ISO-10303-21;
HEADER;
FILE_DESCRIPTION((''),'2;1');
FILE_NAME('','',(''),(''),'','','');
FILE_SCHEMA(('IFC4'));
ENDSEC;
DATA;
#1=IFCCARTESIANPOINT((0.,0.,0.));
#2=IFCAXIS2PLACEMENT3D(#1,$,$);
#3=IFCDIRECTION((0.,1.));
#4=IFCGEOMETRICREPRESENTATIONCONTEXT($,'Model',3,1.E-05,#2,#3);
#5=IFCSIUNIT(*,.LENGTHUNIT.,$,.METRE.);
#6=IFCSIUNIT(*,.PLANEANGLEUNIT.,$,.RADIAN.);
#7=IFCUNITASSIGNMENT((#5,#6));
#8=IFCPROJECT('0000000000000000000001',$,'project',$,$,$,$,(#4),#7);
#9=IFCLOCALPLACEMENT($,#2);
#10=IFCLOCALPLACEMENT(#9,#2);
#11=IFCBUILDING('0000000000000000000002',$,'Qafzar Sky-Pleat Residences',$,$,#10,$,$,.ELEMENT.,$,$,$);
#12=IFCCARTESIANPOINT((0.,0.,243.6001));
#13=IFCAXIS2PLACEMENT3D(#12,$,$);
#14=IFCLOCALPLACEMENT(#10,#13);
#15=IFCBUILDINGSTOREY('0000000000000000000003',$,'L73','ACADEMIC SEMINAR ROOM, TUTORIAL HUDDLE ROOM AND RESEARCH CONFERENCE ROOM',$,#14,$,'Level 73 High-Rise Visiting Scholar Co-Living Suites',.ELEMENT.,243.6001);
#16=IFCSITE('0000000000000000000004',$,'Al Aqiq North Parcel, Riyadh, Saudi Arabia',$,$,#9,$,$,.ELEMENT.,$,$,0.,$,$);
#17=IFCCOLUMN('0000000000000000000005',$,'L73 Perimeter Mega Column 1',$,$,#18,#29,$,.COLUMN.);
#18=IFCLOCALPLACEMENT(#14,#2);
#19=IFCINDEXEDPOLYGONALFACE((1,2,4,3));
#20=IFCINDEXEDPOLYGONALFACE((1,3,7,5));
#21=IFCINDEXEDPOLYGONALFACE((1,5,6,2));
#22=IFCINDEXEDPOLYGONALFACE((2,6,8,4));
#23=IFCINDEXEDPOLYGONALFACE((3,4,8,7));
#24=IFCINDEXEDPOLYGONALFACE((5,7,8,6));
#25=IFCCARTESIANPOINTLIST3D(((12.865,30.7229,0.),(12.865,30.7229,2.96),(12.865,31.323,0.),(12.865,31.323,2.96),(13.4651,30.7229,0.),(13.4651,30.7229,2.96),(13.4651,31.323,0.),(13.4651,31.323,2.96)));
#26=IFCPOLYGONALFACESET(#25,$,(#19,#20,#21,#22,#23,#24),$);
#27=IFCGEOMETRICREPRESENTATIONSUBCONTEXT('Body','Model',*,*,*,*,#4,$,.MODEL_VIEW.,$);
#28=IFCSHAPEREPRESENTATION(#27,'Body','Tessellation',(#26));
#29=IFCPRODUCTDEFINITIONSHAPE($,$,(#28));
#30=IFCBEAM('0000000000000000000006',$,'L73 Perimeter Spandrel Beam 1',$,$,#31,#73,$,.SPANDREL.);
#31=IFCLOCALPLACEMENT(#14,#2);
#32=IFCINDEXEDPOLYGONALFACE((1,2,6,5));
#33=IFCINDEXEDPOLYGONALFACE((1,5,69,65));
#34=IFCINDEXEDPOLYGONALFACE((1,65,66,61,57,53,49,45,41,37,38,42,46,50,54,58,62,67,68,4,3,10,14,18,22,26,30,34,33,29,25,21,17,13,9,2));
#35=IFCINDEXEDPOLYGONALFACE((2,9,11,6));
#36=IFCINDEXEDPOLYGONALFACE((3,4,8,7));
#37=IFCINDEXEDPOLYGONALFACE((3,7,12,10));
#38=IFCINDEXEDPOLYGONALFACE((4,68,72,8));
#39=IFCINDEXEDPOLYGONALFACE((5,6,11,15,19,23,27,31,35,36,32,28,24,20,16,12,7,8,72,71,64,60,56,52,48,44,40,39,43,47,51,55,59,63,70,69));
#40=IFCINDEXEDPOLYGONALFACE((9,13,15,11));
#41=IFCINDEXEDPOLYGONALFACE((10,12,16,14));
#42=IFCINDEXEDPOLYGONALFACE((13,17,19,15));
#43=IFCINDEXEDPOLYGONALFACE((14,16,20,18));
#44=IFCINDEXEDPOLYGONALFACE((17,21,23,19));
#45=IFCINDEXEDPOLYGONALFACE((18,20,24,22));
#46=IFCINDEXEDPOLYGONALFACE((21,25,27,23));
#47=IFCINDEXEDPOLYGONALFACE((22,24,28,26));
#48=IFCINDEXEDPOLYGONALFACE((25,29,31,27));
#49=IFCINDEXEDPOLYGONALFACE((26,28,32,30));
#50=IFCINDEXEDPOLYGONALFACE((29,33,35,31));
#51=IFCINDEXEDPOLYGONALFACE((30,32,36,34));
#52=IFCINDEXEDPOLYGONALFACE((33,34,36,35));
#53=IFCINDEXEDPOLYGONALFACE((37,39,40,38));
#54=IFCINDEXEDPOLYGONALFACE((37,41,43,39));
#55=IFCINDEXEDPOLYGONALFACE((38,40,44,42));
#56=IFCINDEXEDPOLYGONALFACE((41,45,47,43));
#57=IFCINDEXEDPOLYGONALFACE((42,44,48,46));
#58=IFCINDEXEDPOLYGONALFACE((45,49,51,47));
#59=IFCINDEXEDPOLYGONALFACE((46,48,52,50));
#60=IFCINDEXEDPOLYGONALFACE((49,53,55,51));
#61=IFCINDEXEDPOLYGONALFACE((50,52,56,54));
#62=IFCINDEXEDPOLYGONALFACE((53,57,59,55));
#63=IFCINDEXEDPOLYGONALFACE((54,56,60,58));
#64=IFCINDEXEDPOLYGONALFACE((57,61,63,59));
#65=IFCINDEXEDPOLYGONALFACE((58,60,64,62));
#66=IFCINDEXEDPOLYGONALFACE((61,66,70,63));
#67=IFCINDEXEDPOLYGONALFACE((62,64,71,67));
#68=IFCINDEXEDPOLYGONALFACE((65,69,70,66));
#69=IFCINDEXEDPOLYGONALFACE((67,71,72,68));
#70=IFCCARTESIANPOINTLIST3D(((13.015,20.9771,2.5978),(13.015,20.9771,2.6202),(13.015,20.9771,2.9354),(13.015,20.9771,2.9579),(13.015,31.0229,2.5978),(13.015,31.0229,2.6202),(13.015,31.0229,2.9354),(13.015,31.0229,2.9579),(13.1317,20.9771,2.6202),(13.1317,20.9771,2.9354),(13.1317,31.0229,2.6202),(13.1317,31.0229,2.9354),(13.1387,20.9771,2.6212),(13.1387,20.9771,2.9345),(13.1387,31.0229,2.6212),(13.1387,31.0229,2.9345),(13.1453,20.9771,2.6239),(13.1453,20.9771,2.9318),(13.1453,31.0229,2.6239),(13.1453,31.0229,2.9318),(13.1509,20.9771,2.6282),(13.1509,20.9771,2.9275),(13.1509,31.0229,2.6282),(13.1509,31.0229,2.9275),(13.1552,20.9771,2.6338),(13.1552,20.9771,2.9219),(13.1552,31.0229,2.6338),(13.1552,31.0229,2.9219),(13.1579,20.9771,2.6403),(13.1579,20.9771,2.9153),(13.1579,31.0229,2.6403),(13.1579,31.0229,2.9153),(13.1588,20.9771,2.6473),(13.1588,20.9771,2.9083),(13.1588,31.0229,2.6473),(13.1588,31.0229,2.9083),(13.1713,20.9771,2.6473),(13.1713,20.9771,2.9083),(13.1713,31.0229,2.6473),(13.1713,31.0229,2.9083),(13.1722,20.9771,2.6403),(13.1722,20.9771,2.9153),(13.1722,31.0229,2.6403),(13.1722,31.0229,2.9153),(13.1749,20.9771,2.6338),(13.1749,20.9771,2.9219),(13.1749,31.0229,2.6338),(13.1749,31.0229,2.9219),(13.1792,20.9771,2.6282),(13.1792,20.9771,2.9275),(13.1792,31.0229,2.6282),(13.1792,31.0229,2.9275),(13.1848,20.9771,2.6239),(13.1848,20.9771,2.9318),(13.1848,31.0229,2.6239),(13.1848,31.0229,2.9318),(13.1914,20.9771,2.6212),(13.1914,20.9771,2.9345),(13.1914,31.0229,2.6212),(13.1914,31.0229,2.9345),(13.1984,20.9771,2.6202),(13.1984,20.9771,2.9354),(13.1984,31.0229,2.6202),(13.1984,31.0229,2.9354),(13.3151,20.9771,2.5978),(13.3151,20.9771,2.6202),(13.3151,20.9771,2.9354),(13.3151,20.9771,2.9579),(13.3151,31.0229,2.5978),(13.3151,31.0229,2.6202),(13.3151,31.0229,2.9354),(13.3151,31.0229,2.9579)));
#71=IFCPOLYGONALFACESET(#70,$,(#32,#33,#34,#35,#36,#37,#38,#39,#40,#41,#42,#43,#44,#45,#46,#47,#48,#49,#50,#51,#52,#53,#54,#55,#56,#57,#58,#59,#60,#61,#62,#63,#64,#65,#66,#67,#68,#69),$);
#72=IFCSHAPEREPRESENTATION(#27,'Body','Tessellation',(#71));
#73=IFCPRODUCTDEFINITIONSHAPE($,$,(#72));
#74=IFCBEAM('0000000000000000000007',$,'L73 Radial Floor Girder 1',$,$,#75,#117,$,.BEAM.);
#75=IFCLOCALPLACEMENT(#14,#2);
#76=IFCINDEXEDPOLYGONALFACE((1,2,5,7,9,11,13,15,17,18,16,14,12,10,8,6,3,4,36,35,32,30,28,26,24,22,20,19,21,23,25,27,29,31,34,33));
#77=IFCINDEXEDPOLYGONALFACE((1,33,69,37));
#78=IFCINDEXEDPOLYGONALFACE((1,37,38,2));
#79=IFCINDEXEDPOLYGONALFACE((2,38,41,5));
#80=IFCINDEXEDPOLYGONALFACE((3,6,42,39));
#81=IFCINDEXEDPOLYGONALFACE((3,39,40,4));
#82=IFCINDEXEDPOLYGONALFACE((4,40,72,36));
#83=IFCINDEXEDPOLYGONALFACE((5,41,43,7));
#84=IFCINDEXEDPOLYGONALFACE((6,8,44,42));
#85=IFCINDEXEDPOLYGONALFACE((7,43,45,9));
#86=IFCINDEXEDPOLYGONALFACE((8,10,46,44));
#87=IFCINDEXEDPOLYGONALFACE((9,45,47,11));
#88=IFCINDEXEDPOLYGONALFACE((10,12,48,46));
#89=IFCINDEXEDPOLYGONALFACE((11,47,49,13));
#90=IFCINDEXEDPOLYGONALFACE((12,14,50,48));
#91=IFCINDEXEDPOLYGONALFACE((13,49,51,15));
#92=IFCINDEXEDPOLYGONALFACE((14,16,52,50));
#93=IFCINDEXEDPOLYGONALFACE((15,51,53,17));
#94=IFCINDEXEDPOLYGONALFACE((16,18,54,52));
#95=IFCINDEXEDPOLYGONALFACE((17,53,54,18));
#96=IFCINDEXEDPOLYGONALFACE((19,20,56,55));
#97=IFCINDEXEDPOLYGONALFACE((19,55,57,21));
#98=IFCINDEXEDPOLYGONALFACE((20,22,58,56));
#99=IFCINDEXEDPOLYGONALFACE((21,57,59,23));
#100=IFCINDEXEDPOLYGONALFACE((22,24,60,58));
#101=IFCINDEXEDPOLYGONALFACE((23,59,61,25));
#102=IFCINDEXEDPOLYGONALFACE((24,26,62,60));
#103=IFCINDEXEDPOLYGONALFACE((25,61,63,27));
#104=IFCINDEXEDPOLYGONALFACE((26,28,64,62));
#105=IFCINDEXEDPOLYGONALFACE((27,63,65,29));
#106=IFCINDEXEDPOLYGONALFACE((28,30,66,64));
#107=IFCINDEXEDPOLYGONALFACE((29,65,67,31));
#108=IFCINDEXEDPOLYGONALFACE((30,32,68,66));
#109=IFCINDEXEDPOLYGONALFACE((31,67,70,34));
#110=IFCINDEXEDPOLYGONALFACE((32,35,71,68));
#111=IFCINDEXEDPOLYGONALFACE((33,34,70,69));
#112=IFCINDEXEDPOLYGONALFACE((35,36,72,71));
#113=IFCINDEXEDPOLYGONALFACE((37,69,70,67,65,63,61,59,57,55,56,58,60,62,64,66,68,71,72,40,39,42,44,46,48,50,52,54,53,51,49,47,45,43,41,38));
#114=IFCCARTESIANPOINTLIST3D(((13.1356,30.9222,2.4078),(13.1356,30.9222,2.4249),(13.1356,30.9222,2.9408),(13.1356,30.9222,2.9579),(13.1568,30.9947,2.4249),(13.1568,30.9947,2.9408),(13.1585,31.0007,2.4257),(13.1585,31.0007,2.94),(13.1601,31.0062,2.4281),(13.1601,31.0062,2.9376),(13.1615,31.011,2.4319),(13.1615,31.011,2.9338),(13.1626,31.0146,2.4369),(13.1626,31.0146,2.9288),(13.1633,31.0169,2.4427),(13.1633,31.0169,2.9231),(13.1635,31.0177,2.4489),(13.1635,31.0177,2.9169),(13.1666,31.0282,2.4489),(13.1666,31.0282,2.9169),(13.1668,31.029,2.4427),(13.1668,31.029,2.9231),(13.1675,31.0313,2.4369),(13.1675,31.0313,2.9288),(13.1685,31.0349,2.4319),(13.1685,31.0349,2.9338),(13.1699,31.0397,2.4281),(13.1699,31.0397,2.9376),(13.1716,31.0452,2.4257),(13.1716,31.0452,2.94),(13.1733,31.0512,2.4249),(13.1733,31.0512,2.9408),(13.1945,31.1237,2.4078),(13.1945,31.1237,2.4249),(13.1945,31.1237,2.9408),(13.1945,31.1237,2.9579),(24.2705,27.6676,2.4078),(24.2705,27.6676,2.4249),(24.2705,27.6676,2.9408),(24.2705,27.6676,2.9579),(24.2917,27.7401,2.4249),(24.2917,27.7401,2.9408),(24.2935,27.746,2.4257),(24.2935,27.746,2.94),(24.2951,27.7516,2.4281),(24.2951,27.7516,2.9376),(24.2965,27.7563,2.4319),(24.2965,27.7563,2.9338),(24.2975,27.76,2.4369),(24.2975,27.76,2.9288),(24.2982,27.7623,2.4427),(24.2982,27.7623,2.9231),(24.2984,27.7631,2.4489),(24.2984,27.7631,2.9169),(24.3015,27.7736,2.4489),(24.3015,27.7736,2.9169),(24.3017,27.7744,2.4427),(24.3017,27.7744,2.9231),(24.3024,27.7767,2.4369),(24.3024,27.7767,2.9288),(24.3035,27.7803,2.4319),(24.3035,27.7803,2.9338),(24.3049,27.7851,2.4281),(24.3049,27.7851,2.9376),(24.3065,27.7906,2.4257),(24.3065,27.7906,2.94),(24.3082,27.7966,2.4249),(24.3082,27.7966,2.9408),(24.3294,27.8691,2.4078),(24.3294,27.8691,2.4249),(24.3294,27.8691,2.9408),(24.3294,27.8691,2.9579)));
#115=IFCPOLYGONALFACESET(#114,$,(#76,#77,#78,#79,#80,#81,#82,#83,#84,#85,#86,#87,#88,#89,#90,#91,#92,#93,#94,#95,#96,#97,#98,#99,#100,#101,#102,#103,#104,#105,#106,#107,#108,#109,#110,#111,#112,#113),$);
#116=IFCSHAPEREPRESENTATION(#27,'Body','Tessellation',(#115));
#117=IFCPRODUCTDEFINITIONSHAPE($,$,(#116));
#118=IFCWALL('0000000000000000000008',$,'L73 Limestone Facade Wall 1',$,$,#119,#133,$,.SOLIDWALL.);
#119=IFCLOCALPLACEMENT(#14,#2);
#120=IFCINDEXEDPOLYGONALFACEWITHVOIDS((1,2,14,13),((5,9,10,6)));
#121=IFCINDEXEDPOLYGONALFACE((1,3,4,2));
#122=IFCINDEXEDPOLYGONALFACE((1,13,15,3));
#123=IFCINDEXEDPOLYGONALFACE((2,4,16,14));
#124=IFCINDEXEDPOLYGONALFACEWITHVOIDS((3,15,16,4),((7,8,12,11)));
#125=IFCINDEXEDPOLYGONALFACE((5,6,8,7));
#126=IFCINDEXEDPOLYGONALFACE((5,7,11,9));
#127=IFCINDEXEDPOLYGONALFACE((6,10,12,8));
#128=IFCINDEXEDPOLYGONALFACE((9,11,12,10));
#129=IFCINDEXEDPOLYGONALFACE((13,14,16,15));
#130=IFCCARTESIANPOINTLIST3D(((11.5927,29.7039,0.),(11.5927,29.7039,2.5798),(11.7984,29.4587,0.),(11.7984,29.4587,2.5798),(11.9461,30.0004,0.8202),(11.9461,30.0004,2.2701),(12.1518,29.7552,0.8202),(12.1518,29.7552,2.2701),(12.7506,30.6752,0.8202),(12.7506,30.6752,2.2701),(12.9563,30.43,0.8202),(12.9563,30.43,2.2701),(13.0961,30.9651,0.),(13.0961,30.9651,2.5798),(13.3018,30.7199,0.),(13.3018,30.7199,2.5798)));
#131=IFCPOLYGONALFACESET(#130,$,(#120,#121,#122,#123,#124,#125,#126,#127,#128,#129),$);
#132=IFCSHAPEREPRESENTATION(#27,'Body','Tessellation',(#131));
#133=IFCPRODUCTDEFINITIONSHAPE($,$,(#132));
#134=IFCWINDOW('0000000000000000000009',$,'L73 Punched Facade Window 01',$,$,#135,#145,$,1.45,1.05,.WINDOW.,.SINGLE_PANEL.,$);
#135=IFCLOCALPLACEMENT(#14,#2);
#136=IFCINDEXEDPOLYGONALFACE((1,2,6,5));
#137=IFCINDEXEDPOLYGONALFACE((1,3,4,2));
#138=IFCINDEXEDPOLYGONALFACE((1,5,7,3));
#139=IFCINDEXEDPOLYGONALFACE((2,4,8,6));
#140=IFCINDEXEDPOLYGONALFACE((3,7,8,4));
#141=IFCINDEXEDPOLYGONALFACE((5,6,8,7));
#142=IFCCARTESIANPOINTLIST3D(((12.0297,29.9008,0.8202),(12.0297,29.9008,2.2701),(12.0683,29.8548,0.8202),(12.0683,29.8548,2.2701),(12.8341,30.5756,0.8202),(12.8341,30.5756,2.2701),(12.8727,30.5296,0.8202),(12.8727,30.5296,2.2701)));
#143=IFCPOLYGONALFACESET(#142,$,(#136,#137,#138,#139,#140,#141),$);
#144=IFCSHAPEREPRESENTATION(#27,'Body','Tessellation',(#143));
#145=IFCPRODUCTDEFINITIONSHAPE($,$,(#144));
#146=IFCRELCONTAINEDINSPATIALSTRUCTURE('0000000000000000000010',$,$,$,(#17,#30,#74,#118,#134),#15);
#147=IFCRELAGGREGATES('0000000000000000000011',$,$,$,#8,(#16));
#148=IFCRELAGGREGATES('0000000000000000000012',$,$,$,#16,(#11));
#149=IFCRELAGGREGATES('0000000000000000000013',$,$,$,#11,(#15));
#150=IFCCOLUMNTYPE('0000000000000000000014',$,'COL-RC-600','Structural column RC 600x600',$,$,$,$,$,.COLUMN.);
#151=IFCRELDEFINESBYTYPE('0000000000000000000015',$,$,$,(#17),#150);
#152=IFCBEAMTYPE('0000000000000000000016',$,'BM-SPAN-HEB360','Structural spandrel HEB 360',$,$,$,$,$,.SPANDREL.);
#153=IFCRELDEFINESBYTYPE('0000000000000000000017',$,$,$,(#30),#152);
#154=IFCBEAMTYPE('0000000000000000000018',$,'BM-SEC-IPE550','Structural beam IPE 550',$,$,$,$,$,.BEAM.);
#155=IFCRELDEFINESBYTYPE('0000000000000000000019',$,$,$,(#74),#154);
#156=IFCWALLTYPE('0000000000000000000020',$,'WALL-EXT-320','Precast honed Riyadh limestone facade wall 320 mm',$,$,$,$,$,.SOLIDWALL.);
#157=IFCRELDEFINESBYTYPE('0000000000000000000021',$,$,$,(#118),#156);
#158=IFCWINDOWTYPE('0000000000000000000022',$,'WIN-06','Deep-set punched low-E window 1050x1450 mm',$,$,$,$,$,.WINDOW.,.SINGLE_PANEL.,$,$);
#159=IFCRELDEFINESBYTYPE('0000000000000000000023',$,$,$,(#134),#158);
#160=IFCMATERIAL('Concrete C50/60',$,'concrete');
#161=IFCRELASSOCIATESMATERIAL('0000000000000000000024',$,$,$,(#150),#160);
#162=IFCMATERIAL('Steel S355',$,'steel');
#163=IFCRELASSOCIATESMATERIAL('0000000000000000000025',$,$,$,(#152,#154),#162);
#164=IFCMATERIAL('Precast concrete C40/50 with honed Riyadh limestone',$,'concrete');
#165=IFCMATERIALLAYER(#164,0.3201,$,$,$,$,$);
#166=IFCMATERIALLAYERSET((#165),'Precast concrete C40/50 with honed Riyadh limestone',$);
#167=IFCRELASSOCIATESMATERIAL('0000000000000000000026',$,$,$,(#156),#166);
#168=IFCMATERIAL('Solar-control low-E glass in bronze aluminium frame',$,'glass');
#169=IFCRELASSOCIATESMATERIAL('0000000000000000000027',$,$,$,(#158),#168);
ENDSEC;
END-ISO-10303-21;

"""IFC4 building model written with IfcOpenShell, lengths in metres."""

from ifc_helpers import new_model, si_unit, direction, frame, frame_2d, origin, origin_2d, place, context, subcontext, project, spatial, rectangle, i_section, extrude, source, transform, mapped, material, layer, layer_set, material_profile, profile_set, type_object, element, fill, save


model = new_model("IFC4")

# Units and contexts
model_context = context("Model", 3, precision=1e-05, world=origin(), true_north=direction((0.0, 1.0)))
body_context = subcontext(model_context, "Body", "Model", "MODEL_VIEW")
ifc_project = project(units=[si_unit("LENGTHUNIT", "METRE"), si_unit("PLANEANGLEUNIT", "RADIAN")], contexts=[model_context])

# Site, building, storey
site_placement = place(None, origin())
site = spatial("IfcSite", under=ifc_project, at=site_placement, Name="Al Aqiq North Parcel, Riyadh, Saudi Arabia", CompositionType="ELEMENT", RefElevation=0.0)
building_placement = place(site_placement, origin())
building = spatial("IfcBuilding", under=site, at=building_placement, Name="Qafzar Sky-Pleat Residences", CompositionType="ELEMENT")
storey_placement = place(building_placement, frame((0.0, 0.0, 243.6001)))
storey = spatial("IfcBuildingStorey", under=building, at=storey_placement, Name="L73", Description="ACADEMIC SEMINAR ROOM, TUTORIAL HUDDLE ROOM AND RESEARCH CONFERENCE ROOM", LongName="Level 73 High-Rise Visiting Scholar Co-Living Suites", CompositionType="ELEMENT", Elevation=243.6001)

# Column
ifc_material_1 = material(Name="Concrete C50/60", Category="concrete")
ifc_material_profile_1 = material_profile(ifc_material_1, rectangle(XDim=0.6001, YDim=0.6001, at=origin_2d()), Name="RC 600x600")
ifc_profile_set_1 = profile_set([ifc_material_profile_1], Name="Concrete C50/60")
column_type = type_object("IfcColumnType", Name="COL-RC-600", Description="Structural column RC 600x600", PredefinedType="COLUMN", material=ifc_profile_set_1)
shared_shape_1 = source(origin(), body_context, "Body", "SweptSolid", [
    extrude(rectangle(XDim=0.6001, YDim=0.6001, at=origin_2d()), origin(), (0.0, 0.0, 1.0), 2.96),
])
column_placement = place(storey_placement, frame((13.165, 31.0229, 0.0), z_axis=(0.0, 0.0, 1.0), x_axis=(1.0, 0.0, 0.0)))
element("IfcColumn", 1, at=column_placement, inside=storey, type_object=column_type, Name="L73 Perimeter Mega Column 1", PredefinedType="COLUMN", context=body_context, shape_type="MappedRepresentation", body=[
    mapped(shared_shape_1, transform((0.0, 0.0, 0.0), x_axis=(1.0, 0.0, 0.0), y_axis=(0.0, 1.0, 0.0), z_axis=(0.0, 0.0, 1.0), scale=1.0)),
])

# Beams
ifc_material_2 = material(Name="Steel S355", Category="steel")
ifc_material_profile_2 = material_profile(ifc_material_2, i_section(OverallWidth=0.3, OverallDepth=0.3601, WebThickness=0.0125, FlangeThickness=0.0225, FilletRadius=0.0271, at=origin_2d()), Name="HEB 360")
ifc_profile_set_2 = profile_set([ifc_material_profile_2], Name="Steel S355")
beam_type_1 = type_object("IfcBeamType", Name="BM-SPAN-HEB360", Description="Structural spandrel HEB 360", PredefinedType="SPANDREL", material=ifc_profile_set_2)
shared_shape_2 = source(origin(), body_context, "Body", "SweptSolid", [
    extrude(i_section(OverallWidth=0.3, OverallDepth=0.3601, WebThickness=0.0125, FlangeThickness=0.0225, FilletRadius=0.0271, at=origin_2d()), origin(), (0.0, 0.0, 1.0), 10.0459),
])
beam_1_placement = place(storey_placement, frame((13.165, 31.0229, 2.7778), z_axis=(0.0, -1.0, 0.0), x_axis=(1.0, 0.0, 0.0)))
element("IfcBeam", 2, at=beam_1_placement, inside=storey, type_object=beam_type_1, Name="L73 Perimeter Spandrel Beam 1", PredefinedType="SPANDREL", context=body_context, shape_type="MappedRepresentation", body=[
    mapped(shared_shape_2, transform((0.0, 0.0, 0.0), x_axis=(1.0, 0.0, 0.0), y_axis=(0.0, 1.0, 0.0), z_axis=(0.0, 0.0, 1.0), scale=1.0)),
])
ifc_material_profile_3 = material_profile(ifc_material_2, i_section(OverallWidth=0.21, OverallDepth=0.55, WebThickness=0.011, FlangeThickness=0.0171, FilletRadius=0.0239, at=origin_2d()), Name="IPE 550")
ifc_profile_set_3 = profile_set([ifc_material_profile_3], Name="Steel S355")
beam_type_2 = type_object("IfcBeamType", Name="BM-SEC-IPE550", Description="Structural beam IPE 550", PredefinedType="BEAM", material=ifc_profile_set_3)
shared_shape_3 = source(origin(), body_context, "Body", "SweptSolid", [
    extrude(i_section(OverallWidth=0.21, OverallDepth=0.55, WebThickness=0.011, FlangeThickness=0.0171, FilletRadius=0.0239, at=origin_2d()), origin(), (0.0, 0.0, 1.0), 11.6008),
])
beam_2_placement = place(storey_placement, frame((13.165, 31.0229, 2.6829), z_axis=(0.959839, -0.28055, 0.0), x_axis=(0.28055, 0.959839, 0.0)))
element("IfcBeam", 3, at=beam_2_placement, inside=storey, type_object=beam_type_2, Name="L73 Radial Floor Girder 1", PredefinedType="BEAM", context=body_context, shape_type="MappedRepresentation", body=[
    mapped(shared_shape_3, transform((0.0, 0.0, 0.0), x_axis=(1.0, 0.0, 0.0), y_axis=(0.0, 1.0, 0.0), z_axis=(0.0, 0.0, 1.0), scale=1.0)),
])

# Wall, opening, window
ifc_material_3 = material(Name="Precast concrete C40/50 with honed Riyadh limestone", Category="concrete")
ifc_layer_1 = layer(ifc_material_3, 0.3201)
ifc_layer_set_1 = layer_set([ifc_layer_1], Name="Precast concrete C40/50 with honed Riyadh limestone")
wall_type_1 = type_object("IfcWallType", Name="WALL-EXT-320", Description="Precast honed Riyadh limestone facade wall 320 mm", PredefinedType="SOLIDWALL", material=ifc_layer_set_1)
wall_1_placement = place(storey_placement, frame((13.199, 30.8425, 0.0), z_axis=(0.0, 0.0, 1.0), x_axis=(-0.766116, -0.642702, 0.0)))
wall_1 = element("IfcWall", 4, at=wall_1_placement, inside=storey, type_object=wall_type_1, Name="L73 Limestone Facade Wall 1", PredefinedType="SOLIDWALL", context=body_context, shape_type="SweptSolid", body=[
    extrude(rectangle(XDim=1.9624, YDim=0.3201, at=frame_2d((0.9812, 0.0))), origin(), (0.0, 0.0, 1.0), 2.5798),
])
opening_1_placement = place(wall_1_placement, frame((0.4512, 0.0, 0.8201)))
opening_1 = element("IfcOpeningElement", 5, at=opening_1_placement, cuts=wall_1, PredefinedType="OPENING", context=body_context, shape_type="SweptSolid", body=[
    extrude(rectangle(XDim=1.05, YDim=1.45, at=frame_2d((0.5249, 0.7251))), frame((0.0, 0.1699, 0.0), z_axis=(0.0, -1.0, 0.0), x_axis=(1.0, 0.0, 0.0)), (0.0, 0.0, 1.0), 0.3401),
])
ifc_material_4 = material(Name="Solar-control low-E glass in bronze aluminium frame", Category="glass")
window_type_1 = type_object("IfcWindowType", Name="WIN-06", Description="Deep-set punched low-E window 1050x1450 mm", PartitioningType="SINGLE_PANEL", PredefinedType="WINDOW", material=ifc_material_4)
shared_shape_4 = source(origin(), body_context, "Body", "SweptSolid", [
    extrude(rectangle(XDim=1.05, YDim=1.45, at=frame_2d((0.5249, 0.7251))), frame((0.0, 0.03, 0.0), z_axis=(0.0, -1.0, 0.0), x_axis=(1.0, 0.0, 0.0)), (0.0, 0.0, 1.0), 0.0601),
])
window_1_placement = place(opening_1_placement, origin())
window_1 = element("IfcWindow", 6, at=window_1_placement, inside=storey, type_object=window_type_1, Name="L73 Punched Facade Window 01", OverallHeight=1.45, OverallWidth=1.05, PartitioningType="SINGLE_PANEL", PredefinedType="WINDOW", context=body_context, shape_type="MappedRepresentation", body=[
    mapped(shared_shape_4, transform((0.0, 0.0, 0.0), x_axis=(1.0, 0.0, 0.0), y_axis=(0.0, 1.0, 0.0), z_axis=(0.0, 0.0, 1.0), scale=1.0)),
])
fill(opening_1, window_1)

save(model, "model.ifc")
